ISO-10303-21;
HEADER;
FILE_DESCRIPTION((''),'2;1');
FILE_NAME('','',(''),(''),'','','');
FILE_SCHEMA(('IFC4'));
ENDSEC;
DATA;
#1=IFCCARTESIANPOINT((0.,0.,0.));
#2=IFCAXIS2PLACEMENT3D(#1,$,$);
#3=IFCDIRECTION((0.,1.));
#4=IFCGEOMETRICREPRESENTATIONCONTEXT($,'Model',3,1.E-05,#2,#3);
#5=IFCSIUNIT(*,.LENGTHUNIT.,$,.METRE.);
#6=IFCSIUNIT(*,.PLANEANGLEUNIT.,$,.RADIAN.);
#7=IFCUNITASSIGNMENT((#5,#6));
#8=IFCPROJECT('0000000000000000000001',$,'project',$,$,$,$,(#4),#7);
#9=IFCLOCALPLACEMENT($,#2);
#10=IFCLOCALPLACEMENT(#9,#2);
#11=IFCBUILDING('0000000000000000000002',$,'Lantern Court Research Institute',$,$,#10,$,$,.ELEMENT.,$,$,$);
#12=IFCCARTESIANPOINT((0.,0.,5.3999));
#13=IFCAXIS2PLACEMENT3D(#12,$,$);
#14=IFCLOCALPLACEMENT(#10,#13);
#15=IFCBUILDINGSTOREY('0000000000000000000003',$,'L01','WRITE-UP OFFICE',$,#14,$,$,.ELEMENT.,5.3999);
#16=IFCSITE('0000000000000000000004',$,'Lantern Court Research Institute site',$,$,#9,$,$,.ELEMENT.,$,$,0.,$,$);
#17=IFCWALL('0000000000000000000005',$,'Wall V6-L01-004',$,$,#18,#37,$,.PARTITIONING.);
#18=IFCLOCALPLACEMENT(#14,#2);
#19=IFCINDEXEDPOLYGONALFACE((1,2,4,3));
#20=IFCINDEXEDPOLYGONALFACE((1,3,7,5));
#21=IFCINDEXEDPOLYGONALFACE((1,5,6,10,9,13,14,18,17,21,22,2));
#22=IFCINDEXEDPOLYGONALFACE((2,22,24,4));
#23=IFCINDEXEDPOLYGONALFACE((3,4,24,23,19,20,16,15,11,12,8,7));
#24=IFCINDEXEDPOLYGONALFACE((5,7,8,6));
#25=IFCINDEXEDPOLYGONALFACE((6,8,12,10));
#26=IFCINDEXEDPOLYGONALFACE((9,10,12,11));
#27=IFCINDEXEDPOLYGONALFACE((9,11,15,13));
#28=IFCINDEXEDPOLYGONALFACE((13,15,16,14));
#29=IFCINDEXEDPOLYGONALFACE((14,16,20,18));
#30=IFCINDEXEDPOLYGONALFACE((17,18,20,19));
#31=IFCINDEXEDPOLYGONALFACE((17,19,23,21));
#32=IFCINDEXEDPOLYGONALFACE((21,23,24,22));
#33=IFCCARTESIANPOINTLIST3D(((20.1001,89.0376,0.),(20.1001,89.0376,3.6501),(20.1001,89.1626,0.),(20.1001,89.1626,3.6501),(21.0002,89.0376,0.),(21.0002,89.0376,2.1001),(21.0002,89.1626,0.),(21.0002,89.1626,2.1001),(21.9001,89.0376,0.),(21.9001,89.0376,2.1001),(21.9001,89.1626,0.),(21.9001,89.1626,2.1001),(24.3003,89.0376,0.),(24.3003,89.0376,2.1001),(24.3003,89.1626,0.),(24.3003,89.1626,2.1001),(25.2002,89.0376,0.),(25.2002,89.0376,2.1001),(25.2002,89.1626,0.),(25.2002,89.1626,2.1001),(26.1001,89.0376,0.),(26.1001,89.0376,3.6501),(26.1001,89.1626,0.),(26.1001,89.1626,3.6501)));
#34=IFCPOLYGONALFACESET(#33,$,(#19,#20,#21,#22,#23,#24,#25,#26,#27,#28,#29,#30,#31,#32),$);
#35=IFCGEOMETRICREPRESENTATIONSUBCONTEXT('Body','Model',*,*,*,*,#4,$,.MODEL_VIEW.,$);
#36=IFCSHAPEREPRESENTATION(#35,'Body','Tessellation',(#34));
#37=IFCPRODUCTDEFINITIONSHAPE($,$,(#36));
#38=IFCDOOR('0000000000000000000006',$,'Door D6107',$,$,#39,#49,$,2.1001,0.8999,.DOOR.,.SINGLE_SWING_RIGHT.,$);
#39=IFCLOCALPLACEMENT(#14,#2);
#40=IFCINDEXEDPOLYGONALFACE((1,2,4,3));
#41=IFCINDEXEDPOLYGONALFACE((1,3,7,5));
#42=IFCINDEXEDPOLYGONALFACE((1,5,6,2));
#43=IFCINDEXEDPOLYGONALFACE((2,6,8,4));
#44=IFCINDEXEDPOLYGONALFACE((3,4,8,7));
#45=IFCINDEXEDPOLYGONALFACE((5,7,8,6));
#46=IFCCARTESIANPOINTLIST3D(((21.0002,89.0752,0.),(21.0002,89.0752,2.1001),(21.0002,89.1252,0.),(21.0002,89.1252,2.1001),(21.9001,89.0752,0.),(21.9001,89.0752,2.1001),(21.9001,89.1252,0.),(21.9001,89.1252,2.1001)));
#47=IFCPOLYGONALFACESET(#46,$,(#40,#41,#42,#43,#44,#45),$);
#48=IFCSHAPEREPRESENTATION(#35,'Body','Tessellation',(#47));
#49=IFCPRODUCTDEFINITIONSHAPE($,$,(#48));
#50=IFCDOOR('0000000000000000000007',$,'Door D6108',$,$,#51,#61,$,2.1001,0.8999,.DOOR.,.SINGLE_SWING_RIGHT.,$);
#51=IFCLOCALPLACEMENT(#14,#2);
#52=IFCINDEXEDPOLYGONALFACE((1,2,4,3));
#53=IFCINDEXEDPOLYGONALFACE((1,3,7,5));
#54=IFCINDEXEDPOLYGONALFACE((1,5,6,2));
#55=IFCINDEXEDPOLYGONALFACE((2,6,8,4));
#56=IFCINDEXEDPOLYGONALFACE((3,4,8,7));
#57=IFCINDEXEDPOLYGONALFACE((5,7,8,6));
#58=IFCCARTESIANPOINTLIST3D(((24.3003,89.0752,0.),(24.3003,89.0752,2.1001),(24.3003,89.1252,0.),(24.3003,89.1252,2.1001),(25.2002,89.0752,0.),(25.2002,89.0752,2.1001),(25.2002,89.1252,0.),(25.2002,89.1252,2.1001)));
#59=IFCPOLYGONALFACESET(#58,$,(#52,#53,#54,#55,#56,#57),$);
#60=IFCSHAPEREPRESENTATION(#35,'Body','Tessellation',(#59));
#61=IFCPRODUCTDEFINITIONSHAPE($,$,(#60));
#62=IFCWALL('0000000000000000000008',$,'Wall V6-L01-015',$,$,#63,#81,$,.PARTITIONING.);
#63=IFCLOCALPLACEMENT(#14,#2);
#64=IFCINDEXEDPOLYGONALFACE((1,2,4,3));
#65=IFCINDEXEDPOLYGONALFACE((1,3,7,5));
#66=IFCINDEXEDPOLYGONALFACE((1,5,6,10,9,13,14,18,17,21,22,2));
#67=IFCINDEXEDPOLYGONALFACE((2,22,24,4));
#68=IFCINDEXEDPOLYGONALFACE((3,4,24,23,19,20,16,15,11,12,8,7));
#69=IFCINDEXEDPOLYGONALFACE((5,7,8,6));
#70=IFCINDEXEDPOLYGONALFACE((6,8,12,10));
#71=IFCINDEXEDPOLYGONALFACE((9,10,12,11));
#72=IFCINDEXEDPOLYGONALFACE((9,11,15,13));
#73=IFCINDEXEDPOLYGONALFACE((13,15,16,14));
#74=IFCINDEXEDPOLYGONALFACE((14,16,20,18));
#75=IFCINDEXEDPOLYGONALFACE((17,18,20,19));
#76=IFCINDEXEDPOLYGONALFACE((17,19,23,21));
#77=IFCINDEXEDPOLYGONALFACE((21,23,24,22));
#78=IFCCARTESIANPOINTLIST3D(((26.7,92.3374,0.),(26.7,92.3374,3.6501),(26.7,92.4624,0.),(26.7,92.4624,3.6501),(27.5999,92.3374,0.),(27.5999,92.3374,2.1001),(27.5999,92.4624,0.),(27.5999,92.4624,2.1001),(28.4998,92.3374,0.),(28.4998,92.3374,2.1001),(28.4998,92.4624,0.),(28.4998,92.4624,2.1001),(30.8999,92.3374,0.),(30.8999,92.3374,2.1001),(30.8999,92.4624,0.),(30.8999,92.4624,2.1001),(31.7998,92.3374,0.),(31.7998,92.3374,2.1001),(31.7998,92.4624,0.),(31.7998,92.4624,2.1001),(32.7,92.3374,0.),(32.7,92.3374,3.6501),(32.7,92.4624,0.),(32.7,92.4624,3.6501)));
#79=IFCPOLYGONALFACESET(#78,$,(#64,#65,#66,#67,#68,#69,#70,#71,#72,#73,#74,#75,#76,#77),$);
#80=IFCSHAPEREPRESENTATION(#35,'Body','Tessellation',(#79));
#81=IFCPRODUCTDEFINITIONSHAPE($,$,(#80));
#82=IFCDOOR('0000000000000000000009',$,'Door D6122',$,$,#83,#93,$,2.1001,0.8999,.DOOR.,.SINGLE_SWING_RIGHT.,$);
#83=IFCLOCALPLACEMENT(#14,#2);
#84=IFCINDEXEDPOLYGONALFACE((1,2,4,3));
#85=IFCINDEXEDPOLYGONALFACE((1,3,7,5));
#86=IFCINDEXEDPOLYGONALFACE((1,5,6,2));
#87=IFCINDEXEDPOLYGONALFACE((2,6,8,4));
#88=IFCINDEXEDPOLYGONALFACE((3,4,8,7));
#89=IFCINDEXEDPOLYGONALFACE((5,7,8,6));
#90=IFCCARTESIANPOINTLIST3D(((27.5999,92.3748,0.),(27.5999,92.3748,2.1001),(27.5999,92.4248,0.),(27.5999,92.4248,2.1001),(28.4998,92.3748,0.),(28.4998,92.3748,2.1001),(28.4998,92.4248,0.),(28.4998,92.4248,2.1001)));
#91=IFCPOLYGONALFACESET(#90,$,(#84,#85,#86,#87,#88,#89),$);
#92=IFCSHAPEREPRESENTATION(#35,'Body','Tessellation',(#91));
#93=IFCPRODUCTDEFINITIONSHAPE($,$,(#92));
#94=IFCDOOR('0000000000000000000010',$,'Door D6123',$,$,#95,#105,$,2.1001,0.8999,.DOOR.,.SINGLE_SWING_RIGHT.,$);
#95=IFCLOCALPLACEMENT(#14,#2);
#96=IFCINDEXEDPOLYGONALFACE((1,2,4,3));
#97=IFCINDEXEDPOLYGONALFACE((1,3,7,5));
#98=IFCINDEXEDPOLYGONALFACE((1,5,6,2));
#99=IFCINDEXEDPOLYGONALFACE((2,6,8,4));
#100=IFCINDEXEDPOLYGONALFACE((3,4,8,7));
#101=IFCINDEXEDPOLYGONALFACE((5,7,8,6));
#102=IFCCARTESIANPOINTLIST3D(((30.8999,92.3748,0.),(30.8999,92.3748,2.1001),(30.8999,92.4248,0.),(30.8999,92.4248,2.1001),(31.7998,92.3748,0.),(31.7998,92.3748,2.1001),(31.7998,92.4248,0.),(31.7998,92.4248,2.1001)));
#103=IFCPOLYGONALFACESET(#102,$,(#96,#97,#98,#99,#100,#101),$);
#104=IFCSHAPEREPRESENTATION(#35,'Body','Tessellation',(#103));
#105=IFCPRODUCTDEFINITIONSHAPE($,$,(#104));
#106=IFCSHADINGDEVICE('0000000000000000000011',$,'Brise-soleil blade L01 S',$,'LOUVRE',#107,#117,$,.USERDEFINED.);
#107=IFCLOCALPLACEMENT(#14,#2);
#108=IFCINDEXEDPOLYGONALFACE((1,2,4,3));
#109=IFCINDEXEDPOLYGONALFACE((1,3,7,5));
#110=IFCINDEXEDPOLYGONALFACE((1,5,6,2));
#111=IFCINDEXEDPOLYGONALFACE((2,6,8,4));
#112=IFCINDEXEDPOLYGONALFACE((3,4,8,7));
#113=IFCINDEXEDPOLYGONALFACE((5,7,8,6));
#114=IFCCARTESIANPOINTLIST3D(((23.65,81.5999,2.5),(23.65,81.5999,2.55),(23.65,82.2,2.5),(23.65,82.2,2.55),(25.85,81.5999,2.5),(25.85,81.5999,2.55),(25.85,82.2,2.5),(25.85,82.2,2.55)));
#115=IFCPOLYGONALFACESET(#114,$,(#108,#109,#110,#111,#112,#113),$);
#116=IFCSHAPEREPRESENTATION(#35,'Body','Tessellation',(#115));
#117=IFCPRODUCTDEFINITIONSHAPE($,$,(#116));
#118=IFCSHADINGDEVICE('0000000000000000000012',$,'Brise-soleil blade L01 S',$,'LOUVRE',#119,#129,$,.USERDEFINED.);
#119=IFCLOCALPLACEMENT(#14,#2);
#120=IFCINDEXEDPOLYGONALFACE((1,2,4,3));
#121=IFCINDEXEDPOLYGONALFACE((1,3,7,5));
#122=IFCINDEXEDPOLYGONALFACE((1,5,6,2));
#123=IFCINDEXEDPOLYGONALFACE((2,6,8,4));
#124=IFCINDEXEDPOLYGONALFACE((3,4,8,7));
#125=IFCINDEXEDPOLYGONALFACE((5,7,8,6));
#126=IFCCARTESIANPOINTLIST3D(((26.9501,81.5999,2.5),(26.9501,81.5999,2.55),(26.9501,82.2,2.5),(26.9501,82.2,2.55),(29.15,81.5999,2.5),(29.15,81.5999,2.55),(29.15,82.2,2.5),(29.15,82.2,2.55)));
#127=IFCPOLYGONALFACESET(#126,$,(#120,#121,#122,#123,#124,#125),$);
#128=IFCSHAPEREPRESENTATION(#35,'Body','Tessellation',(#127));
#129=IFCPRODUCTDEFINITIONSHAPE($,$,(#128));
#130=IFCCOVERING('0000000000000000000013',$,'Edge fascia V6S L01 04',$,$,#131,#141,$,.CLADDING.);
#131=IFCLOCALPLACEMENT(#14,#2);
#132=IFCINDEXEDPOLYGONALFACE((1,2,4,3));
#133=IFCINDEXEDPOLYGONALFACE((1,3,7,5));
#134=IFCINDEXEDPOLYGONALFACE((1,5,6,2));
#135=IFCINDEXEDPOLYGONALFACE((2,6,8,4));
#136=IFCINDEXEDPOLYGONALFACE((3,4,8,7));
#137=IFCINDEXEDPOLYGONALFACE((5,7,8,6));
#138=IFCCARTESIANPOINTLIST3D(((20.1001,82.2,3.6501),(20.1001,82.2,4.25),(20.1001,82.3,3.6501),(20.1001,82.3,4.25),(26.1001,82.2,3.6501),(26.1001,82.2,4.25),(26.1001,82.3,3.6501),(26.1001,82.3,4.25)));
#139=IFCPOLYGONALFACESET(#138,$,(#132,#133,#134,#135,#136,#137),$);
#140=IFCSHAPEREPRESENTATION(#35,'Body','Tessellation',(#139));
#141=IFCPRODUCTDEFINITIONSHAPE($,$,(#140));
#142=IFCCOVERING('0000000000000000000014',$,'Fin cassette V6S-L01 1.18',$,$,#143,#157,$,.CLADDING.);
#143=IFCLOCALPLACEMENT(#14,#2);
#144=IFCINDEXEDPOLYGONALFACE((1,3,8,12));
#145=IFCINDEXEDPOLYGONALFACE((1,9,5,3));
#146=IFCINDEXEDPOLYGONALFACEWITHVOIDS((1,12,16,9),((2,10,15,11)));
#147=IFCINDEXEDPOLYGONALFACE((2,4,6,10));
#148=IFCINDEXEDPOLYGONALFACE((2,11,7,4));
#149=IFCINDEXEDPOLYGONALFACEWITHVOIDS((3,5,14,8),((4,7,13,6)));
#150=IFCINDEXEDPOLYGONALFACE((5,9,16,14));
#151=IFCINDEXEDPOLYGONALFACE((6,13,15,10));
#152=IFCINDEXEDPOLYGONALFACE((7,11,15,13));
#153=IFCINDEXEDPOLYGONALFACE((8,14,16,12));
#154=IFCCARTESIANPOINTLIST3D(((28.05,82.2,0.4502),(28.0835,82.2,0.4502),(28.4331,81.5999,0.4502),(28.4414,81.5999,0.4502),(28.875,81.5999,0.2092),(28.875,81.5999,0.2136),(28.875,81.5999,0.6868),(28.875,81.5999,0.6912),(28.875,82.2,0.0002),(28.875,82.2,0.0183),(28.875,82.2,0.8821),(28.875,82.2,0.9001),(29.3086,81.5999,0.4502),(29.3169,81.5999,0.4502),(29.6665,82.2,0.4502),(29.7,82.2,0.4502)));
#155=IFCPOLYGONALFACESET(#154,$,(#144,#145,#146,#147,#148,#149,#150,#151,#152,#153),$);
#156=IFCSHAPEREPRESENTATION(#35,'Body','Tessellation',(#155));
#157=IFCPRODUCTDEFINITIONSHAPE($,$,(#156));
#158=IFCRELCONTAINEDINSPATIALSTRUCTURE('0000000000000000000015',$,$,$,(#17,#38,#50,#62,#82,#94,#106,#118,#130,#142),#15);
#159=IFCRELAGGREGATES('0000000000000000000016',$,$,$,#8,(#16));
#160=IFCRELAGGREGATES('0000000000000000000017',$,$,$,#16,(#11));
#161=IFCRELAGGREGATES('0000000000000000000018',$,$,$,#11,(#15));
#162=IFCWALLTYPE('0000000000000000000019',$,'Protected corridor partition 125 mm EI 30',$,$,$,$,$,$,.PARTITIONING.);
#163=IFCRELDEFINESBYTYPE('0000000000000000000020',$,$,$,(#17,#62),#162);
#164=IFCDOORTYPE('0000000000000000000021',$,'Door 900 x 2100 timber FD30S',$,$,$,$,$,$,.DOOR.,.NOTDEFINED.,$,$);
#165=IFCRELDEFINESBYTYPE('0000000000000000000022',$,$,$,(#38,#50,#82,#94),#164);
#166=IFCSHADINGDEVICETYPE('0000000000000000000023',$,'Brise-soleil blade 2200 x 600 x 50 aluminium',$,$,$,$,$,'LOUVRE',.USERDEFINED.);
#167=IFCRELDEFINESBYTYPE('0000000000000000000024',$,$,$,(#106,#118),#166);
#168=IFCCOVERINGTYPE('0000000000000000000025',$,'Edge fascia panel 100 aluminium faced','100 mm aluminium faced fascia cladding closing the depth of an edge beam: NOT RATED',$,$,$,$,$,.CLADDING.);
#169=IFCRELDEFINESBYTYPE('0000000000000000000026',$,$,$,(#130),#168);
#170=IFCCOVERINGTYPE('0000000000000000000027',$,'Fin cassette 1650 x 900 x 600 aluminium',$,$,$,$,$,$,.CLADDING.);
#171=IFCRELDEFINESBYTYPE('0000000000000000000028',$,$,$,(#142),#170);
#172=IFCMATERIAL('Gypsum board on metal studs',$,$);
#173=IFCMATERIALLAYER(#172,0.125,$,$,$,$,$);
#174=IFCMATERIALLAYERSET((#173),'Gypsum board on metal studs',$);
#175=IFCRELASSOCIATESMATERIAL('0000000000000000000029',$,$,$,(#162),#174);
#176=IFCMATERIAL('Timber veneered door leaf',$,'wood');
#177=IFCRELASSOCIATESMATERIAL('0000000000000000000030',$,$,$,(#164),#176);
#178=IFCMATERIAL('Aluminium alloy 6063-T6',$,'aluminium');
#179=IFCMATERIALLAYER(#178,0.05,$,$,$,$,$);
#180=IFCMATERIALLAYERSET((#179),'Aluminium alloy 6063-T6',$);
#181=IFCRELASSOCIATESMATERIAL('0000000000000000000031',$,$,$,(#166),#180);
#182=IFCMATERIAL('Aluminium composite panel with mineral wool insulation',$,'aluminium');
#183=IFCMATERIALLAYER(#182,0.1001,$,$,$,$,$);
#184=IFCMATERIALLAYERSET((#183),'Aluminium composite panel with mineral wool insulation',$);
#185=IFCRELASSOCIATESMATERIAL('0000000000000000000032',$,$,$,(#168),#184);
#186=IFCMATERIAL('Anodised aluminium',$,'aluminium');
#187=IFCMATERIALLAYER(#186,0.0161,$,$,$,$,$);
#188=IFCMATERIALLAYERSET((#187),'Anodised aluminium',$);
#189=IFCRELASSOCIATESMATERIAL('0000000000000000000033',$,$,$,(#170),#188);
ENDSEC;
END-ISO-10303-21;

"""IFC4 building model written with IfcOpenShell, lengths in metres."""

from ifc_helpers import new_model, entity, si_unit, direction, frame, frame_2d, origin, origin_2d, place, context, subcontext, project, spatial, rectangle, extrude, material, layer, layer_set, type_object, element, fill, save


model = new_model("IFC4")

# Units and contexts
model_context = context("Model", 3, precision=1e-05, world=origin(), true_north=direction((0.0, 1.0)))
body_context = subcontext(model_context, "Body", "Model", "MODEL_VIEW")
ifc_project = project(units=[si_unit("LENGTHUNIT", "METRE"), si_unit("PLANEANGLEUNIT", "RADIAN")], contexts=[model_context])

# Site, building, storey
site_placement = place(None, origin())
site = spatial("IfcSite", under=ifc_project, at=site_placement, Name="Lantern Court Research Institute site", CompositionType="ELEMENT", RefElevation=0.0)
building_placement = place(site_placement, origin())
building = spatial("IfcBuilding", under=site, at=building_placement, Name="Lantern Court Research Institute", CompositionType="ELEMENT")
storey_placement = place(building_placement, frame((0.0, 0.0, 5.3999)))
storey = spatial("IfcBuildingStorey", under=building, at=storey_placement, Name="L01", Description="WRITE-UP OFFICE", CompositionType="ELEMENT", Elevation=5.3999)

# Walls, openings, doors
ifc_material_1 = material(Name="Gypsum board on metal studs")
ifc_layer_1 = layer(ifc_material_1, 0.125)
ifc_layer_set_1 = layer_set([ifc_layer_1], Name="Gypsum board on metal studs")
wall_type_1 = type_object("IfcWallType", Name="Protected corridor partition 125 mm EI 30", PredefinedType="PARTITIONING", material=ifc_layer_set_1)
wall_1_placement = place(storey_placement, frame((26.1001, 89.1001, 0.0), z_axis=(0.0, 0.0, 1.0), x_axis=(-1.0, 0.0, 0.0)))
wall_1 = element("IfcWall", 1, at=wall_1_placement, inside=storey, type_object=wall_type_1, Name="Wall V6-L01-004", PredefinedType="PARTITIONING", context=body_context, shape_type="SweptSolid", body=[
    extrude(rectangle(XDim=6.0, YDim=0.125, at=frame_2d((3.0, 0.0))), origin(), (0.0, 0.0, 1.0), 3.6501),
])
opening_1_placement = place(wall_1_placement, frame((4.2, 0.0, 0.0)))
opening_1 = element("IfcOpeningElement", 2, at=opening_1_placement, cuts=wall_1, PredefinedType="OPENING", context=body_context, shape_type="SweptSolid", body=[
    extrude(rectangle(XDim=0.8999, YDim=2.1001, at=frame_2d((0.45, 1.05))), frame((0.0, 0.0725, 0.0), z_axis=(0.0, -1.0, 0.0), x_axis=(1.0, 0.0, 0.0)), (0.0, 0.0, 1.0), 0.145),
])
opening_2_placement = place(wall_1_placement, frame((0.8999, 0.0, 0.0)))
opening_2 = element("IfcOpeningElement", 3, at=opening_2_placement, cuts=wall_1, PredefinedType="OPENING", context=body_context, shape_type="SweptSolid", body=[
    extrude(rectangle(XDim=0.8999, YDim=2.1001, at=frame_2d((0.45, 1.05))), frame((0.0, 0.0725, 0.0), z_axis=(0.0, -1.0, 0.0), x_axis=(1.0, 0.0, 0.0)), (0.0, 0.0, 1.0), 0.145),
])
ifc_material_2 = material(Name="Timber veneered door leaf", Category="wood")
door_type = type_object("IfcDoorType", Name="Door 900 x 2100 timber FD30S", OperationType="NOTDEFINED", PredefinedType="DOOR", material=ifc_material_2)
door_1_placement = place(opening_1_placement, origin())
door_1 = element("IfcDoor", 4, at=door_1_placement, inside=storey, type_object=door_type, Name="Door D6107", OperationType="SINGLE_SWING_RIGHT", OverallHeight=2.1001, OverallWidth=0.8999, PredefinedType="DOOR", context=body_context, shape_type="SweptSolid", body=[
    extrude(rectangle(XDim=0.8999, YDim=2.1001, at=frame_2d((0.45, 1.05))), frame((0.0, 0.0249, 0.0), z_axis=(0.0, -1.0, 0.0), x_axis=(1.0, 0.0, 0.0)), (0.0, 0.0, 1.0), 0.05),
])
fill(opening_1, door_1)
door_2_placement = place(opening_2_placement, origin())
door_2 = element("IfcDoor", 5, at=door_2_placement, inside=storey, type_object=door_type, Name="Door D6108", OperationType="SINGLE_SWING_RIGHT", OverallHeight=2.1001, OverallWidth=0.8999, PredefinedType="DOOR", context=body_context, shape_type="SweptSolid", body=[
    extrude(rectangle(XDim=0.8999, YDim=2.1001, at=frame_2d((0.45, 1.05))), frame((0.0, 0.0249, 0.0), z_axis=(0.0, -1.0, 0.0), x_axis=(1.0, 0.0, 0.0)), (0.0, 0.0, 1.0), 0.05),
])
fill(opening_2, door_2)
wall_2_placement = place(storey_placement, frame((26.7, 92.3999, 0.0), z_axis=(0.0, 0.0, 1.0), x_axis=(1.0, 0.0, 0.0)))
wall_2 = element("IfcWall", 6, at=wall_2_placement, inside=storey, type_object=wall_type_1, Name="Wall V6-L01-015", PredefinedType="PARTITIONING", context=body_context, shape_type="SweptSolid", body=[
    extrude(rectangle(XDim=6.0, YDim=0.125, at=frame_2d((3.0, 0.0))), origin(), (0.0, 0.0, 1.0), 3.6501),
])
opening_3_placement = place(wall_2_placement, frame((0.8999, 0.0, 0.0)))
opening_3 = element("IfcOpeningElement", 7, at=opening_3_placement, cuts=wall_2, PredefinedType="OPENING", context=body_context, shape_type="SweptSolid", body=[
    extrude(rectangle(XDim=0.8999, YDim=2.1001, at=frame_2d((0.45, 1.05))), frame((0.0, 0.0725, 0.0), z_axis=(0.0, -1.0, 0.0), x_axis=(1.0, 0.0, 0.0)), (0.0, 0.0, 1.0), 0.145),
])
opening_4_placement = place(wall_2_placement, frame((4.2, 0.0, 0.0)))
opening_4 = element("IfcOpeningElement", 8, at=opening_4_placement, cuts=wall_2, PredefinedType="OPENING", context=body_context, shape_type="SweptSolid", body=[
    extrude(rectangle(XDim=0.8999, YDim=2.1001, at=frame_2d((0.45, 1.05))), frame((0.0, 0.0725, 0.0), z_axis=(0.0, -1.0, 0.0), x_axis=(1.0, 0.0, 0.0)), (0.0, 0.0, 1.0), 0.145),
])
door_3_placement = place(opening_3_placement, origin())
door_3 = element("IfcDoor", 9, at=door_3_placement, inside=storey, type_object=door_type, Name="Door D6122", OperationType="SINGLE_SWING_RIGHT", OverallHeight=2.1001, OverallWidth=0.8999, PredefinedType="DOOR", context=body_context, shape_type="SweptSolid", body=[
    extrude(rectangle(XDim=0.8999, YDim=2.1001, at=frame_2d((0.45, 1.05))), frame((0.0, 0.0249, 0.0), z_axis=(0.0, -1.0, 0.0), x_axis=(1.0, 0.0, 0.0)), (0.0, 0.0, 1.0), 0.05),
])
fill(opening_3, door_3)
door_4_placement = place(opening_4_placement, origin())
door_4 = element("IfcDoor", 10, at=door_4_placement, inside=storey, type_object=door_type, Name="Door D6123", OperationType="SINGLE_SWING_RIGHT", OverallHeight=2.1001, OverallWidth=0.8999, PredefinedType="DOOR", context=body_context, shape_type="SweptSolid", body=[
    extrude(rectangle(XDim=0.8999, YDim=2.1001, at=frame_2d((0.45, 1.05))), frame((0.0, 0.0249, 0.0), z_axis=(0.0, -1.0, 0.0), x_axis=(1.0, 0.0, 0.0)), (0.0, 0.0, 1.0), 0.05),
])
fill(opening_4, door_4)

# Shading devices
ifc_material_3 = material(Name="Aluminium alloy 6063-T6", Category="aluminium")
ifc_layer_2 = layer(ifc_material_3, 0.05)
ifc_layer_set_2 = layer_set([ifc_layer_2], Name="Aluminium alloy 6063-T6")
shading_device_type = type_object("IfcShadingDeviceType", Name="Brise-soleil blade 2200 x 600 x 50 aluminium", ElementType="LOUVRE", PredefinedType="USERDEFINED", material=ifc_layer_set_2)
for number, where, z_axis, x_axis, name in (
    (11, (24.75, 81.8999, 2.5), (0.0, 0.0, 1.0), (-1.0, 0.0, 0.0), "Brise-soleil blade L01 S"),
    (12, (28.05, 81.8999, 2.5), (0.0, 0.0, 1.0), (-1.0, 0.0, 0.0), "Brise-soleil blade L01 S"),
):
    element("IfcShadingDevice", number, at=place(storey_placement, frame(where, z_axis=z_axis, x_axis=x_axis)), inside=storey, type_object=shading_device_type, Name=name, ObjectType="LOUVRE", PredefinedType="USERDEFINED", context=body_context, shape_type="SweptSolid", body=[
        extrude(rectangle(XDim=2.2, YDim=0.6001, at=origin_2d()), origin(), (0.0, 0.0, 1.0), 0.05),
    ])

# Coverings
ifc_material_4 = material(Name="Aluminium composite panel with mineral wool insulation", Category="aluminium")
ifc_layer_3 = layer(ifc_material_4, 0.1001)
ifc_layer_set_3 = layer_set([ifc_layer_3], Name="Aluminium composite panel with mineral wool insulation")
covering_type_1 = type_object("IfcCoveringType", Name="Edge fascia panel 100 aluminium faced", Description="100 mm aluminium faced fascia cladding closing the depth of an edge beam: NOT RATED", PredefinedType="CLADDING", material=ifc_layer_set_3)
covering_1_placement = place(storey_placement, frame((26.1001, 82.25, 3.6501), z_axis=(0.0, 0.0, 1.0), x_axis=(-1.0, 0.0, 0.0)))
element("IfcCovering", 13, at=covering_1_placement, inside=storey, type_object=covering_type_1, Name="Edge fascia V6S L01 04", PredefinedType="CLADDING", context=body_context, shape_type="SweptSolid", body=[
    extrude(rectangle(XDim=6.0, YDim=0.1001, at=frame_2d((3.0, 0.0))), origin(), (0.0, 0.0, 1.0), 0.5999),
])
ifc_material_5 = material(Name="Anodised aluminium", Category="aluminium")
ifc_layer_4 = layer(ifc_material_5, 0.0161)
ifc_layer_set_4 = layer_set([ifc_layer_4], Name="Anodised aluminium")
covering_type_2 = type_object("IfcCoveringType", Name="Fin cassette 1650 x 900 x 600 aluminium", PredefinedType="CLADDING", material=ifc_layer_set_4)
covering_2_placement = place(storey_placement, frame((28.875, 82.2, 0.4502), z_axis=(0.0, -1.0, 0.0), x_axis=(1.0, 0.0, 0.0)))
cartesian_point_1 = entity("IfcCartesianPoint", [0.825, 0.0])
cartesian_point_2 = entity("IfcCartesianPoint", [0.7915, 0.0])
cartesian_point_3 = entity("IfcCartesianPoint", [0.4419, 0.0])
cartesian_point_4 = entity("IfcCartesianPoint", [0.4336, 0.0])
element("IfcCovering", 14, at=covering_2_placement, inside=storey, type_object=covering_type_2, Name="Fin cassette V6S-L01 1.18", PredefinedType="CLADDING", context=body_context, shape_type="SweptSolid", body=[
    entity("IfcExtrudedAreaSolidTapered", entity("IfcArbitraryProfileDefWithVoids", "AREA", None, entity("IfcPolyline", [cartesian_point_1, entity("IfcCartesianPoint", [0.0, 0.45]), entity("IfcCartesianPoint", [-0.825, 0.0]), entity("IfcCartesianPoint", [0.0, -0.45]), cartesian_point_1]), [entity("IfcPolyline", [cartesian_point_2, entity("IfcCartesianPoint", [0.0, 0.4319]), entity("IfcCartesianPoint", [-0.7915, 0.0]), entity("IfcCartesianPoint", [0.0, -0.4319]), cartesian_point_2])]), entity("IfcAxis2Placement3D", entity("IfcCartesianPoint", [0.0, 0.0, 0.0])), entity("IfcDirection", [0.0, 0.0, 1.0]), 0.6001, entity("IfcArbitraryProfileDefWithVoids", "AREA", None, entity("IfcPolyline", [cartesian_point_3, entity("IfcCartesianPoint", [0.0, 0.241]), entity("IfcCartesianPoint", [-0.4419, 0.0]), entity("IfcCartesianPoint", [0.0, -0.241]), cartesian_point_3]), [entity("IfcPolyline", [cartesian_point_4, entity("IfcCartesianPoint", [0.0, 0.2366]), entity("IfcCartesianPoint", [-0.4336, 0.0]), entity("IfcCartesianPoint", [0.0, -0.2366]), cartesian_point_4])])),
])

save(model, "model.ifc")
